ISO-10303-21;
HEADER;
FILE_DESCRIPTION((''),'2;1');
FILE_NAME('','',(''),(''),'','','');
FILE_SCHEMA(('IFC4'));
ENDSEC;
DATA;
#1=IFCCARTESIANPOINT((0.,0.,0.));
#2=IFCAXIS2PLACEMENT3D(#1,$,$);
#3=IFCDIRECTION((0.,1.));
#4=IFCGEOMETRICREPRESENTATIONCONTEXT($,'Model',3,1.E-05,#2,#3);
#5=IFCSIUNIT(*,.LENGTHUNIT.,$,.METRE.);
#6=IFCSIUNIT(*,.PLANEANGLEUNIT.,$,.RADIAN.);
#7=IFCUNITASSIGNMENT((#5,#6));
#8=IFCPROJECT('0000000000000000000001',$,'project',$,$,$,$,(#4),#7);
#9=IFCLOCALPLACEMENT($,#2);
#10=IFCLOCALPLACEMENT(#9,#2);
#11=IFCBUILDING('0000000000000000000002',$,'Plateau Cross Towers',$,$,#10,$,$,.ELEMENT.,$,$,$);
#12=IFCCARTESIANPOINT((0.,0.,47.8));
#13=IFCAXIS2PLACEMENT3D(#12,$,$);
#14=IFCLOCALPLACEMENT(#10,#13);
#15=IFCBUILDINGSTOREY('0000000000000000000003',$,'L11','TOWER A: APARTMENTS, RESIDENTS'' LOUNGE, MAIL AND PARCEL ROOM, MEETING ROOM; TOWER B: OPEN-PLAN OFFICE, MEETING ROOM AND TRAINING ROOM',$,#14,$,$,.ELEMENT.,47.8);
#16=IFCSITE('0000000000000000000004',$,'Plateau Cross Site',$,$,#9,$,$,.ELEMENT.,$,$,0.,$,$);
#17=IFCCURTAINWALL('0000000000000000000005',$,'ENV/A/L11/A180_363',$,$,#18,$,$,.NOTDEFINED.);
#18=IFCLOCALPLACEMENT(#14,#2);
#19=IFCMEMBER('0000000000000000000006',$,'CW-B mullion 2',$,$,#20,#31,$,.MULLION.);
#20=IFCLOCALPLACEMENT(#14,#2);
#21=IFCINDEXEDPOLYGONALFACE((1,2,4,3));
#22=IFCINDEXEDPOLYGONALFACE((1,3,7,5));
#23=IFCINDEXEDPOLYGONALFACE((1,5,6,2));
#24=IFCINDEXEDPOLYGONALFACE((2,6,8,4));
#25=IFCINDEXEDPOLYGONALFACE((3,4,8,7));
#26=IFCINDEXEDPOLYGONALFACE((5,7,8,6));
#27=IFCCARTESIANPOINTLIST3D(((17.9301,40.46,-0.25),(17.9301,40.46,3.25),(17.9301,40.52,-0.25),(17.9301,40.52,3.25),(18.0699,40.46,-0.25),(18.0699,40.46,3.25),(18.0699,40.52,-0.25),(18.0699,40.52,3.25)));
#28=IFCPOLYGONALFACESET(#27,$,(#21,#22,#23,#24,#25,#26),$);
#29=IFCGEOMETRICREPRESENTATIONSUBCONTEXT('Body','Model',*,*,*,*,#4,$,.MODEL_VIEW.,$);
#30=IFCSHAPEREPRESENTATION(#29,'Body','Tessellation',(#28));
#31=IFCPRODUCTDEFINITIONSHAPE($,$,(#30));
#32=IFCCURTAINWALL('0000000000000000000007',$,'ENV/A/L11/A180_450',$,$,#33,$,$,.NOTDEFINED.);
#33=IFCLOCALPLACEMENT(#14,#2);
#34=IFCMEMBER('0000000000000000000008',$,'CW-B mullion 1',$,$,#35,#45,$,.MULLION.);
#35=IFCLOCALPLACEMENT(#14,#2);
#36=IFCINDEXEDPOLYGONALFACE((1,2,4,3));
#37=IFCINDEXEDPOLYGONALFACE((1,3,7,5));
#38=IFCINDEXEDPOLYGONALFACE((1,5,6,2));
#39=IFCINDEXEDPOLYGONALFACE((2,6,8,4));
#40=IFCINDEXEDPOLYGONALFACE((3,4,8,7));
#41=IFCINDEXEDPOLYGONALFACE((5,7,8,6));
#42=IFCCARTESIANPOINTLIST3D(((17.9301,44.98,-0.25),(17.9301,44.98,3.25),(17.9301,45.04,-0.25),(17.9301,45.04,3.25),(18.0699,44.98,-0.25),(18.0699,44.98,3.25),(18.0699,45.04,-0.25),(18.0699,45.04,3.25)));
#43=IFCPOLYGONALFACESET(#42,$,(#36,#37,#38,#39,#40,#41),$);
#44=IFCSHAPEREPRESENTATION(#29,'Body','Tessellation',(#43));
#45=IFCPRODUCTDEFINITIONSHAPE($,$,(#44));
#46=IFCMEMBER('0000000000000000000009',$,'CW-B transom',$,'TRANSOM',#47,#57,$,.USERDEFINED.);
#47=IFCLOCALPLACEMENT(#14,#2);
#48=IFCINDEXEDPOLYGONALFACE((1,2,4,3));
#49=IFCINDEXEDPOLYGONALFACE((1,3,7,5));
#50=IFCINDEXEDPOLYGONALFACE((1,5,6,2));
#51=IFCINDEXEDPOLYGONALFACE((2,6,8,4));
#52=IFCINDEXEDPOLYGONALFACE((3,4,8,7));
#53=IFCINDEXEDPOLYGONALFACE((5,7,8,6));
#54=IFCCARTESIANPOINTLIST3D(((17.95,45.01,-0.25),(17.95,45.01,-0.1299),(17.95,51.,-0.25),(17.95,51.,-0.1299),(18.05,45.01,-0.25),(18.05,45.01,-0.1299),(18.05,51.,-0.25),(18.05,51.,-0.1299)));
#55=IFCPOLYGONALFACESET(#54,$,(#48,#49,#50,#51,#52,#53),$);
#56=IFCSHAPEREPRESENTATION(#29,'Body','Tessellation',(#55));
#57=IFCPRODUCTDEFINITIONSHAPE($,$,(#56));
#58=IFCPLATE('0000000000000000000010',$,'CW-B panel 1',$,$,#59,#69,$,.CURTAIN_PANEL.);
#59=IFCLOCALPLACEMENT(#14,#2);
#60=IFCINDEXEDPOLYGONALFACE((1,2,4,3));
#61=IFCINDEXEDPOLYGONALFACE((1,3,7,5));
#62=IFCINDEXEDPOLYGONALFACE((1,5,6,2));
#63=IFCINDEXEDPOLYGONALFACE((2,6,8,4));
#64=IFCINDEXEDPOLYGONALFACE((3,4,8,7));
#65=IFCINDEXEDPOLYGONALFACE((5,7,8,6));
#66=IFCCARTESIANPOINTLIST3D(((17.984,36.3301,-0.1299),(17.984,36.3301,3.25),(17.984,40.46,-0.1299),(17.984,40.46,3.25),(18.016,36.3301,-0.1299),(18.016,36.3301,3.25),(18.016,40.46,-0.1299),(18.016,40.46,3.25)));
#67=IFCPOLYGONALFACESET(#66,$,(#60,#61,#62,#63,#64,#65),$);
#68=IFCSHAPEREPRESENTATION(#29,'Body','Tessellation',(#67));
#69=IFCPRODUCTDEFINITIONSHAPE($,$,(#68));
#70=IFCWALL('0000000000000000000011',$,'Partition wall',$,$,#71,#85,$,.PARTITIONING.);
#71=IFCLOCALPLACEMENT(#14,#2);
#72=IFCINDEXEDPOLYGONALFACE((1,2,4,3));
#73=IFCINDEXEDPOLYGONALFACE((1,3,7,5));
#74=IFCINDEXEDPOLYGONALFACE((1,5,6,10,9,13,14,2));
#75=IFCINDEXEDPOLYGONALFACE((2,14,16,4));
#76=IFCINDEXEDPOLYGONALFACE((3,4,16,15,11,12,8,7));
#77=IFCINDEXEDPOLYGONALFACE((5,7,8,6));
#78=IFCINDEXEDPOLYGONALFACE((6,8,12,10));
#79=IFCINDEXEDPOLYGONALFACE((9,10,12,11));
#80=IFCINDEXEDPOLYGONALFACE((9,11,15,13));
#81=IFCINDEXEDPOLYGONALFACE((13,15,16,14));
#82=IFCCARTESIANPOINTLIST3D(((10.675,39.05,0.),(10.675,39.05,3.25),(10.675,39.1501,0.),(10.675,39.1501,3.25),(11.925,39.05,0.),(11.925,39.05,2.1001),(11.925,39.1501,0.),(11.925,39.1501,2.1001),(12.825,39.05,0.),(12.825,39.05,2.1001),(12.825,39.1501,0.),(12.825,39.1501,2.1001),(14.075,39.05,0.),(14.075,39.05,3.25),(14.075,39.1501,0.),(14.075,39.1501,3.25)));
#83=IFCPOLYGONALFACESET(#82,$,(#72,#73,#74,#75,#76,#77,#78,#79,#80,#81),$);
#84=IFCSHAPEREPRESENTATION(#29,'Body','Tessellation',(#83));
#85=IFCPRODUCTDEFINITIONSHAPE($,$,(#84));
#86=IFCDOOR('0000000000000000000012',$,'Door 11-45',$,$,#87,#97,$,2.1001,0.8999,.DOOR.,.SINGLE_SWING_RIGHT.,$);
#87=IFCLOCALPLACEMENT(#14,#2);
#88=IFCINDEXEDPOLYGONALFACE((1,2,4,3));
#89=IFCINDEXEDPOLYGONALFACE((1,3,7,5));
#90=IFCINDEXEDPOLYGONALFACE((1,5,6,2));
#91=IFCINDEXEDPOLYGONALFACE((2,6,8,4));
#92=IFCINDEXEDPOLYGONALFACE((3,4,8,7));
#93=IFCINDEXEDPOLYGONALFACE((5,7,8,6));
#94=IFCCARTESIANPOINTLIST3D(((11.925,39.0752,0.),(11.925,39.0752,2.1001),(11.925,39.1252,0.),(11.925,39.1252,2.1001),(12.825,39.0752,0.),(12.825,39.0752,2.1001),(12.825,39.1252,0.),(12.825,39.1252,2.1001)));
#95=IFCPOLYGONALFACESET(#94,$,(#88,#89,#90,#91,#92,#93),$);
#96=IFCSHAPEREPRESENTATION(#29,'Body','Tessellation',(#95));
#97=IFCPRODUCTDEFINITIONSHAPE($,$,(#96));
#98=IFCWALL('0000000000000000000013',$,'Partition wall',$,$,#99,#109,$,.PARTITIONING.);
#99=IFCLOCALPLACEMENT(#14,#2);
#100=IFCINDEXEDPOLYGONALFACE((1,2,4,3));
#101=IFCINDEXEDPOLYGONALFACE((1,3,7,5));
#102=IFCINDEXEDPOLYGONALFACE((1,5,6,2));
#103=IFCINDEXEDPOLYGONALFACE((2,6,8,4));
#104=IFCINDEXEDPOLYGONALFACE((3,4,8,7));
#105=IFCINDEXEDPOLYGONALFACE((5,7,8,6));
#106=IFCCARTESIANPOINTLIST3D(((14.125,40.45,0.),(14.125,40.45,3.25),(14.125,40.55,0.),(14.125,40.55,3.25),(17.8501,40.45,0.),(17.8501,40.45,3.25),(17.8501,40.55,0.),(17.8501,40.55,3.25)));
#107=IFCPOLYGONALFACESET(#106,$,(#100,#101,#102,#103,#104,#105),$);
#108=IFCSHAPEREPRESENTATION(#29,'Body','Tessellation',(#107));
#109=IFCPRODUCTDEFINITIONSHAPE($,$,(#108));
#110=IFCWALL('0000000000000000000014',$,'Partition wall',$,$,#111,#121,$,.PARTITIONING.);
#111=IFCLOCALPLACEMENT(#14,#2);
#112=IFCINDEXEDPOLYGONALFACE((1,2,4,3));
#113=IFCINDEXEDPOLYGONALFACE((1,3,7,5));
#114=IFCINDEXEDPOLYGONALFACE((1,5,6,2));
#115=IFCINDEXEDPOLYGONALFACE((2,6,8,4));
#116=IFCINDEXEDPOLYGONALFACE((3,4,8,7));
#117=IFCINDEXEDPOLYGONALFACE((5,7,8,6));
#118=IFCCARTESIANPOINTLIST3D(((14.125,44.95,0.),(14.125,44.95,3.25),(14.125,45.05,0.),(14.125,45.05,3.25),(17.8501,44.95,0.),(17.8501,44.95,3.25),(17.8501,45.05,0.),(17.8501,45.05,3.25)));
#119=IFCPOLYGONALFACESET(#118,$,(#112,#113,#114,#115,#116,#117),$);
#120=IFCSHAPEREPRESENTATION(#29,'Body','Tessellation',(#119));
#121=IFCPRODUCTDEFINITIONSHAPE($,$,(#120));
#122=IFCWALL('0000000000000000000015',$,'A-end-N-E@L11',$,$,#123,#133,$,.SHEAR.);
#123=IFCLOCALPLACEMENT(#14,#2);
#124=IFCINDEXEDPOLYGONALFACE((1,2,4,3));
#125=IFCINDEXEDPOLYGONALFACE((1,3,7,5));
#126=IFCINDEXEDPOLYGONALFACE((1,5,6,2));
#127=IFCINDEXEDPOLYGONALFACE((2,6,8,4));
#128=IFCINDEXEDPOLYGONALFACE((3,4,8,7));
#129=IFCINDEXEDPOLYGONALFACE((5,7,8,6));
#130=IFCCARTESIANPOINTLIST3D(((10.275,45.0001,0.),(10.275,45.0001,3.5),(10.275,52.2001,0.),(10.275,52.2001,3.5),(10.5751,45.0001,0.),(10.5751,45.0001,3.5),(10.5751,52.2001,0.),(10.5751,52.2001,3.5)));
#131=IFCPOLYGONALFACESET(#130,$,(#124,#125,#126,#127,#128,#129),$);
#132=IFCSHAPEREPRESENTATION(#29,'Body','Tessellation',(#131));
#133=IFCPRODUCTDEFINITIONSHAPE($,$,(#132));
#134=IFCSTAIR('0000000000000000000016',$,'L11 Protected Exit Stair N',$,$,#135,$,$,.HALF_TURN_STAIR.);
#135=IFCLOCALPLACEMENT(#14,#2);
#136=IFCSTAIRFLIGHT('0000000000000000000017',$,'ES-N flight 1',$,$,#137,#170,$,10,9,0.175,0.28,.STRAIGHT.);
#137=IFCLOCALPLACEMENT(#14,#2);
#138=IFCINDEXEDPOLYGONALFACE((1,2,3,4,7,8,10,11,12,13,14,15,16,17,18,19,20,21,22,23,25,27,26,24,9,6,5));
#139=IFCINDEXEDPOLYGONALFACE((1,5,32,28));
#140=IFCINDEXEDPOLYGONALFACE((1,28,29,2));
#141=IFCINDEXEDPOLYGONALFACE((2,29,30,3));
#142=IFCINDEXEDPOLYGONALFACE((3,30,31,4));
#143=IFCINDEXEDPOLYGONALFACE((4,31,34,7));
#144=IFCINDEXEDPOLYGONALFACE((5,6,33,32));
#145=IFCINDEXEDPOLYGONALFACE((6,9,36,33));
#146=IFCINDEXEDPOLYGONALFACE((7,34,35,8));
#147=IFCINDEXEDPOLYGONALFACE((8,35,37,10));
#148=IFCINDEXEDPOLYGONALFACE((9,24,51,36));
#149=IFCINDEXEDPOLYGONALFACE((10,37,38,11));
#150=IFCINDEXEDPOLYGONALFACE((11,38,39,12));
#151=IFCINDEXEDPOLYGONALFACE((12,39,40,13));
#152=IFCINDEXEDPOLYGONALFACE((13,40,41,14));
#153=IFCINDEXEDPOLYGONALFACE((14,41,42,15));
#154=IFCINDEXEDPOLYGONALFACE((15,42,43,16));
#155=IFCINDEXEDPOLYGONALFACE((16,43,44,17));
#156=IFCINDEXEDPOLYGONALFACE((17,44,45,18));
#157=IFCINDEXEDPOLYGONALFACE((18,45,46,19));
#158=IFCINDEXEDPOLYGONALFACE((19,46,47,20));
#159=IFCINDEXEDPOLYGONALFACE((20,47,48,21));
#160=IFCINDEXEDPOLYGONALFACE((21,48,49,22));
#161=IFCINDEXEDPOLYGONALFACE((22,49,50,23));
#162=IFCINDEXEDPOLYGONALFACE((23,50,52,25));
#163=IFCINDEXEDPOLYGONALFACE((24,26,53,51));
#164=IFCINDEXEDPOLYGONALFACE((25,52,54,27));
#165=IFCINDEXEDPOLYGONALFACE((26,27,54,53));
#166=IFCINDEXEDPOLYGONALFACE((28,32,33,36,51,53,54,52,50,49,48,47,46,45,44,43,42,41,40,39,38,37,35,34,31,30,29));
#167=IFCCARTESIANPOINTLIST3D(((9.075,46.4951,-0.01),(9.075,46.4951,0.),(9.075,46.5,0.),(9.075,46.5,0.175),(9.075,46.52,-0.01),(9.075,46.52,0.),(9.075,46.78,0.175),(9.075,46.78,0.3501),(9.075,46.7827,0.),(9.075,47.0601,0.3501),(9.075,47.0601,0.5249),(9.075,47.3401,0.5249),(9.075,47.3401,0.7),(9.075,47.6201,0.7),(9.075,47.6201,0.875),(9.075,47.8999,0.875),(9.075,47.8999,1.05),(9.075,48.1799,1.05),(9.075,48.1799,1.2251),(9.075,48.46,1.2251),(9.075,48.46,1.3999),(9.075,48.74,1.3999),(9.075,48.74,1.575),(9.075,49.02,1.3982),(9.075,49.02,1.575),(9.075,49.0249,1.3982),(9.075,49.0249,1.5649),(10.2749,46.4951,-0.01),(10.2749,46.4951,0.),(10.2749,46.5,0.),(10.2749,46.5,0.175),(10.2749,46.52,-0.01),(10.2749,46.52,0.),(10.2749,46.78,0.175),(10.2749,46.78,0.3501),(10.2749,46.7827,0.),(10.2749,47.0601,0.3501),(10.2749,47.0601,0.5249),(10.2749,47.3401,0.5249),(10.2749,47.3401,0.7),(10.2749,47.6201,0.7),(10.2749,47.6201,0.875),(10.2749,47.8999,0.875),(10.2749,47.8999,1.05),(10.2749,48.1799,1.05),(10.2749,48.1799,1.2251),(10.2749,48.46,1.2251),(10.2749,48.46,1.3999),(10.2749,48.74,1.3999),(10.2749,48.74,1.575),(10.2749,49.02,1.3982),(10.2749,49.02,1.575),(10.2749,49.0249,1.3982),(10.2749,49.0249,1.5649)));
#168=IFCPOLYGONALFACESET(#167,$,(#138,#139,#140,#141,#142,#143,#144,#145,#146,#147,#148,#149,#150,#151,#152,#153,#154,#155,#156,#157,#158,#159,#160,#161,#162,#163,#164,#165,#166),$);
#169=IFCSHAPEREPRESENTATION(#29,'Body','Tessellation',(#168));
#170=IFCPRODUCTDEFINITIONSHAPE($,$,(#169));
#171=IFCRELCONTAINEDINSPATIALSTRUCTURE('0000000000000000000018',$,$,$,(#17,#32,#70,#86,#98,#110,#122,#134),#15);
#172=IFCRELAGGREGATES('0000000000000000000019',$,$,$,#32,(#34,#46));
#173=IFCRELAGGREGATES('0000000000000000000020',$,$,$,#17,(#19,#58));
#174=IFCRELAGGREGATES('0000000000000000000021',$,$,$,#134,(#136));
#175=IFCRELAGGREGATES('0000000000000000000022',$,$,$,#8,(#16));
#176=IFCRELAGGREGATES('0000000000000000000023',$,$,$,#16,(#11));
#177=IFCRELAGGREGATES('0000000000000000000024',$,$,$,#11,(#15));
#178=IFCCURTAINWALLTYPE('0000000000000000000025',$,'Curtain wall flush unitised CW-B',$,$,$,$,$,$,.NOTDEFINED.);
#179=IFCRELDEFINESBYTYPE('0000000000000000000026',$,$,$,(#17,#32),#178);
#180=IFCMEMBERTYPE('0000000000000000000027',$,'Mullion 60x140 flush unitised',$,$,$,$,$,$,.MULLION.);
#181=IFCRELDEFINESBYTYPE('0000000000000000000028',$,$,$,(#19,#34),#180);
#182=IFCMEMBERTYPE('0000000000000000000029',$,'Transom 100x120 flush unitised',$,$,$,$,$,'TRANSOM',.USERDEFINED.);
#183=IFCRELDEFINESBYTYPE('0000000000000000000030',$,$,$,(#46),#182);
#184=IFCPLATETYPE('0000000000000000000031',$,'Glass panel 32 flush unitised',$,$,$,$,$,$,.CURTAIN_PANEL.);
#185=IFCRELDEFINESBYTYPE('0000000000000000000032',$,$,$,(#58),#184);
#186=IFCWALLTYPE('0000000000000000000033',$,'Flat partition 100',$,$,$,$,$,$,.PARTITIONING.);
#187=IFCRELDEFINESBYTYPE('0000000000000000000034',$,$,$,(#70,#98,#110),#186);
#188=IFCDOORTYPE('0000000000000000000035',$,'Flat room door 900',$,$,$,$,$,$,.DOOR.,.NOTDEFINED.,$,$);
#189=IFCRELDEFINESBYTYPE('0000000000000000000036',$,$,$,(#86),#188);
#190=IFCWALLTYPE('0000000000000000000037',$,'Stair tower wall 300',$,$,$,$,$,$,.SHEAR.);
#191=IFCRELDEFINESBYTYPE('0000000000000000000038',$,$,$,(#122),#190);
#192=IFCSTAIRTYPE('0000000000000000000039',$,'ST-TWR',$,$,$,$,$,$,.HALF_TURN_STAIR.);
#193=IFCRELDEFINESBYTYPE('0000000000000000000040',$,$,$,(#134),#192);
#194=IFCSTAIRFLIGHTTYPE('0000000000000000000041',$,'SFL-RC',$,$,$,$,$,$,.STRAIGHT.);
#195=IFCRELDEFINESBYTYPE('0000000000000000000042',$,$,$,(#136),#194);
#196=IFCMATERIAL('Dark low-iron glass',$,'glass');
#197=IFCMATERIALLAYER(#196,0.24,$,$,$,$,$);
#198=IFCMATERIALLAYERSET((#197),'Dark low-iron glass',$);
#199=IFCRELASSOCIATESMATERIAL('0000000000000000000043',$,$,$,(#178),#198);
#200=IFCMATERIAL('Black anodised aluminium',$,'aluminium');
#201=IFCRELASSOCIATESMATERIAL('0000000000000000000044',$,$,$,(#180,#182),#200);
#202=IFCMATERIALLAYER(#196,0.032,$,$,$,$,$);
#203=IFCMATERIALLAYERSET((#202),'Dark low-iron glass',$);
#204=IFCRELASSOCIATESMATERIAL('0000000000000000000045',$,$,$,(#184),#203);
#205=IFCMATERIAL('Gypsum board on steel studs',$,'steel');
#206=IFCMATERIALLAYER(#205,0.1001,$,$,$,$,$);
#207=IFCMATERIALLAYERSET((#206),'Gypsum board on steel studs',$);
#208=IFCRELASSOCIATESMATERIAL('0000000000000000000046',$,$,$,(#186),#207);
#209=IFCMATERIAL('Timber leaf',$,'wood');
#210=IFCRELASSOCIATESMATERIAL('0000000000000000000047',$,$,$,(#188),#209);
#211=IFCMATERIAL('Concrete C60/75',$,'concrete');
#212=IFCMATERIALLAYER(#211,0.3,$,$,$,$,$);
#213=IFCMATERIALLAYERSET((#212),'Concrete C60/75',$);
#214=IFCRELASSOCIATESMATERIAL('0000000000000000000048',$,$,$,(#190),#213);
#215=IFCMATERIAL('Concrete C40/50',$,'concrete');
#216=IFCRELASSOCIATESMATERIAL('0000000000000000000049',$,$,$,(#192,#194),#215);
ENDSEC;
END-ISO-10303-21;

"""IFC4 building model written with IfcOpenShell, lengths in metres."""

from ifc_helpers import new_model, si_unit, direction, frame, frame_2d, origin, origin_2d, place, context, subcontext, project, spatial, polyline, rectangle, outline, extrude, material, layer, layer_set, material_profile, profile_set, type_object, element, fill, aggregate, save


model = new_model("IFC4")

# Units and contexts
model_context = context("Model", 3, precision=1e-05, world=origin(), true_north=direction((0.0, 1.0)))
body_context = subcontext(model_context, "Body", "Model", "MODEL_VIEW")
ifc_project = project(units=[si_unit("LENGTHUNIT", "METRE"), si_unit("PLANEANGLEUNIT", "RADIAN")], contexts=[model_context])

# Site, building, storey
site_placement = place(None, origin())
site = spatial("IfcSite", under=ifc_project, at=site_placement, Name="Plateau Cross Site", CompositionType="ELEMENT", RefElevation=0.0)
building_placement = place(site_placement, origin())
building = spatial("IfcBuilding", under=site, at=building_placement, Name="Plateau Cross Towers", CompositionType="ELEMENT")
storey_placement = place(building_placement, frame((0.0, 0.0, 47.8)))
storey = spatial("IfcBuildingStorey", under=building, at=storey_placement, Name="L11", Description="TOWER A: APARTMENTS, RESIDENTS' LOUNGE, MAIL AND PARCEL ROOM, MEETING ROOM; TOWER B: OPEN-PLAN OFFICE, MEETING ROOM AND TRAINING ROOM", CompositionType="ELEMENT", Elevation=47.8)

# Curtain wall, member
ifc_material_1 = material(Name="Dark low-iron glass", Category="glass")
ifc_layer_1 = layer(ifc_material_1, 0.24)
ifc_layer_set_1 = layer_set([ifc_layer_1], Name="Dark low-iron glass")
curtain_wall_type = type_object("IfcCurtainWallType", Name="Curtain wall flush unitised CW-B", PredefinedType="NOTDEFINED", material=ifc_layer_set_1)
curtain_wall_1_placement = place(storey_placement, origin())
curtain_wall_1 = element("IfcCurtainWall", 1, at=curtain_wall_1_placement, inside=storey, type_object=curtain_wall_type, Name="ENV/A/L11/A180_363", PredefinedType="NOTDEFINED")
ifc_material_2 = material(Name="Black anodised aluminium", Category="aluminium")
ifc_material_profile_1 = material_profile(ifc_material_2, rectangle(XDim=0.0601, YDim=0.1399, at=origin_2d()), Name="MULLION 60x140")
ifc_profile_set_1 = profile_set([ifc_material_profile_1], Name="Black anodised aluminium")
member_type_1 = type_object("IfcMemberType", Name="Mullion 60x140 flush unitised", PredefinedType="MULLION", material=ifc_profile_set_1)
member_1_placement = place(storey_placement, frame((18.0, 40.49, -0.25), z_axis=(0.0, 0.0, 1.0), x_axis=(0.0, 1.0, 0.0)))
member_1 = element("IfcMember", 2, at=member_1_placement, type_object=member_type_1, Name="CW-B mullion 2", PredefinedType="MULLION", context=body_context, shape_type="SweptSolid", body=[
    extrude(rectangle(XDim=0.0601, YDim=0.1399, at=origin_2d()), origin(), (0.0, 0.0, 1.0), 3.5),
])

# Curtain wall, members
curtain_wall_2_placement = place(storey_placement, origin())
curtain_wall_2 = element("IfcCurtainWall", 3, at=curtain_wall_2_placement, inside=storey, type_object=curtain_wall_type, Name="ENV/A/L11/A180_450", PredefinedType="NOTDEFINED")
member_2_placement = place(storey_placement, frame((18.0, 45.01, -0.25), z_axis=(0.0, 0.0, 1.0), x_axis=(0.0, 1.0, 0.0)))
member_2 = element("IfcMember", 4, at=member_2_placement, type_object=member_type_1, Name="CW-B mullion 1", PredefinedType="MULLION", context=body_context, shape_type="SweptSolid", body=[
    extrude(rectangle(XDim=0.0601, YDim=0.1399, at=origin_2d()), origin(), (0.0, 0.0, 1.0), 3.5),
])
ifc_material_profile_2 = material_profile(ifc_material_2, rectangle(XDim=0.1001, YDim=0.1201, at=origin_2d()), Name="TRANSOM 100x120")
ifc_profile_set_2 = profile_set([ifc_material_profile_2], Name="Black anodised aluminium")
member_type_2 = type_object("IfcMemberType", Name="Transom 100x120 flush unitised", ElementType="TRANSOM", PredefinedType="USERDEFINED", material=ifc_profile_set_2)
member_3_placement = place(storey_placement, frame((18.0, 45.01, -0.1899), z_axis=(0.0, 1.0, 0.0), x_axis=(-1.0, 0.0, 0.0)))
member_3 = element("IfcMember", 5, at=member_3_placement, type_object=member_type_2, Name="CW-B transom", ObjectType="TRANSOM", PredefinedType="USERDEFINED", context=body_context, shape_type="SweptSolid", body=[
    extrude(rectangle(XDim=0.1001, YDim=0.1201, at=origin_2d()), origin(), (0.0, 0.0, 1.0), 5.99),
])
aggregate(curtain_wall_2, [member_2, member_3])

# Plate
ifc_layer_2 = layer(ifc_material_1, 0.032)
ifc_layer_set_2 = layer_set([ifc_layer_2], Name="Dark low-iron glass")
plate_type = type_object("IfcPlateType", Name="Glass panel 32 flush unitised", PredefinedType="CURTAIN_PANEL", material=ifc_layer_set_2)
plate_placement = place(storey_placement, frame((18.0, 38.395, -0.1299), z_axis=(0.0, 0.0, 1.0), x_axis=(0.0, 1.0, 0.0)))
plate = element("IfcPlate", 6, at=plate_placement, type_object=plate_type, Name="CW-B panel 1", PredefinedType="CURTAIN_PANEL", context=body_context, shape_type="SweptSolid", body=[
    extrude(rectangle(XDim=4.1299, YDim=0.032, at=origin_2d()), origin(), (0.0, 0.0, 1.0), 3.3799),
])
aggregate(curtain_wall_1, [member_1, plate])

# Wall, opening, door
ifc_material_3 = material(Name="Gypsum board on steel studs", Category="steel")
ifc_layer_3 = layer(ifc_material_3, 0.1001)
ifc_layer_set_3 = layer_set([ifc_layer_3], Name="Gypsum board on steel studs")
wall_type_1 = type_object("IfcWallType", Name="Flat partition 100", PredefinedType="PARTITIONING", material=ifc_layer_set_3)
wall_1_placement = place(storey_placement, frame((14.075, 39.1001, 0.0), z_axis=(0.0, 0.0, 1.0), x_axis=(-1.0, 0.0, 0.0)))
wall_1 = element("IfcWall", 7, at=wall_1_placement, inside=storey, type_object=wall_type_1, Name="Partition wall", PredefinedType="PARTITIONING", context=body_context, shape_type="SweptSolid", body=[
    extrude(rectangle(XDim=3.3999, YDim=0.1001, at=frame_2d((1.7, 0.0))), origin(), (0.0, 0.0, 1.0), 3.25),
])
opening_1_placement = place(wall_1_placement, frame((1.25, 0.0, 0.0)))
opening_1 = element("IfcOpeningElement", 8, at=opening_1_placement, cuts=wall_1, PredefinedType="OPENING", context=body_context, shape_type="SweptSolid", body=[
    extrude(rectangle(XDim=0.8999, YDim=2.1001, at=frame_2d((0.45, 1.05))), frame((0.0, 0.0601, 0.0), z_axis=(0.0, -1.0, 0.0), x_axis=(1.0, 0.0, 0.0)), (0.0, 0.0, 1.0), 0.1201),
])
ifc_material_4 = material(Name="Timber leaf", Category="wood")
door_type_1 = type_object("IfcDoorType", Name="Flat room door 900", OperationType="NOTDEFINED", PredefinedType="DOOR", material=ifc_material_4)
door_1_placement = place(opening_1_placement, origin())
door_1 = element("IfcDoor", 9, at=door_1_placement, inside=storey, type_object=door_type_1, Name="Door 11-45", OperationType="SINGLE_SWING_RIGHT", OverallHeight=2.1001, OverallWidth=0.8999, PredefinedType="DOOR", context=body_context, shape_type="SweptSolid", body=[
    extrude(rectangle(XDim=0.8999, YDim=2.1001, at=frame_2d((0.45, 1.05))), frame((0.0, 0.0249, 0.0), z_axis=(0.0, -1.0, 0.0), x_axis=(1.0, 0.0, 0.0)), (0.0, 0.0, 1.0), 0.05),
])
fill(opening_1, door_1)

# Walls
for number, where, z_axis, x_axis, name in (
    (10, (14.125, 40.5, 0.0), (0.0, 0.0, 1.0), (1.0, 0.0, 0.0), "Partition wall"),
    (11, (17.8501, 45.0, 0.0), (0.0, 0.0, 1.0), (-1.0, 0.0, 0.0), "Partition wall"),
):
    element("IfcWall", number, at=place(storey_placement, frame(where, z_axis=z_axis, x_axis=x_axis)), inside=storey, type_object=wall_type_1, Name=name, PredefinedType="PARTITIONING", context=body_context, shape_type="SweptSolid", body=[
        extrude(rectangle(XDim=3.7251, YDim=0.1001, at=frame_2d((1.8625, 0.0))), origin(), (0.0, 0.0, 1.0), 3.25),
    ])
ifc_material_5 = material(Name="Concrete C60/75", Category="concrete")
ifc_layer_4 = layer(ifc_material_5, 0.3)
ifc_layer_set_4 = layer_set([ifc_layer_4], Name="Concrete C60/75")
wall_type_2 = type_object("IfcWallType", Name="Stair tower wall 300", PredefinedType="SHEAR", material=ifc_layer_set_4)
wall_2_placement = place(storey_placement, frame((10.425, 45.0, 0.0), z_axis=(0.0, 0.0, 1.0), x_axis=(0.0, 1.0, 0.0)))
element("IfcWall", 12, at=wall_2_placement, inside=storey, type_object=wall_type_2, Name="A-end-N-E@L11", PredefinedType="SHEAR", context=body_context, shape_type="SweptSolid", body=[
    extrude(rectangle(XDim=7.2, YDim=0.3, at=frame_2d((3.6001, 0.0))), origin(), (0.0, 0.0, 1.0), 3.5),
])

# Stair, stair flight
ifc_material_6 = material(Name="Concrete C40/50", Category="concrete")
stair_type = type_object("IfcStairType", Name="ST-TWR", PredefinedType="HALF_TURN_STAIR", material=ifc_material_6)
stair_placement = place(storey_placement, origin())
stair = element("IfcStair", 13, at=stair_placement, inside=storey, type_object=stair_type, Name="L11 Protected Exit Stair N", PredefinedType="HALF_TURN_STAIR")
stair_flight_type = type_object("IfcStairFlightType", Name="SFL-RC", PredefinedType="STRAIGHT", material=ifc_material_6)
stair_flight_placement = place(storey_placement, frame((9.675, 46.5, 0.0), z_axis=(0.0, 0.0, 1.0), x_axis=(0.0, 1.0, 0.0)))
stair_flight = element("IfcStairFlight", 14, at=stair_flight_placement, type_object=stair_flight_type, Name="ES-N flight 1", NumberOfRisers=10, NumberOfTreads=9, PredefinedType="STRAIGHT", RiserHeight=0.175, TreadLength=0.28, context=body_context, shape_type="SweptSolid", body=[
    extrude(outline(polyline([(-0.0049, -0.01), (-0.0049, 0.0), (0.0, 0.0), (0.0, 0.175), (0.28, 0.175), (0.28, 0.3501), (0.5601, 0.3501), (0.5601, 0.5249), (0.8401, 0.5249), (0.8401, 0.7), (1.1201, 0.7), (1.1201, 0.875), (1.3999, 0.875), (1.3999, 1.05), (1.6799, 1.05), (1.6799, 1.2251), (1.96, 1.2251), (1.96, 1.3999), (2.24, 1.3999), (2.24, 1.575), (2.52, 1.575), (2.5249, 1.5649), (2.5249, 1.3982), (2.52, 1.3982), (0.2827, 0.0), (0.02, 0.0), (0.02, -0.01), (-0.0049, -0.01)])), frame((0.0, 0.6001, 0.0), z_axis=(0.0, -1.0, 0.0), x_axis=(1.0, 0.0, 0.0)), (0.0, 0.0, 1.0), 1.2),
])
aggregate(stair, [stair_flight])

save(model, "model.ifc")
